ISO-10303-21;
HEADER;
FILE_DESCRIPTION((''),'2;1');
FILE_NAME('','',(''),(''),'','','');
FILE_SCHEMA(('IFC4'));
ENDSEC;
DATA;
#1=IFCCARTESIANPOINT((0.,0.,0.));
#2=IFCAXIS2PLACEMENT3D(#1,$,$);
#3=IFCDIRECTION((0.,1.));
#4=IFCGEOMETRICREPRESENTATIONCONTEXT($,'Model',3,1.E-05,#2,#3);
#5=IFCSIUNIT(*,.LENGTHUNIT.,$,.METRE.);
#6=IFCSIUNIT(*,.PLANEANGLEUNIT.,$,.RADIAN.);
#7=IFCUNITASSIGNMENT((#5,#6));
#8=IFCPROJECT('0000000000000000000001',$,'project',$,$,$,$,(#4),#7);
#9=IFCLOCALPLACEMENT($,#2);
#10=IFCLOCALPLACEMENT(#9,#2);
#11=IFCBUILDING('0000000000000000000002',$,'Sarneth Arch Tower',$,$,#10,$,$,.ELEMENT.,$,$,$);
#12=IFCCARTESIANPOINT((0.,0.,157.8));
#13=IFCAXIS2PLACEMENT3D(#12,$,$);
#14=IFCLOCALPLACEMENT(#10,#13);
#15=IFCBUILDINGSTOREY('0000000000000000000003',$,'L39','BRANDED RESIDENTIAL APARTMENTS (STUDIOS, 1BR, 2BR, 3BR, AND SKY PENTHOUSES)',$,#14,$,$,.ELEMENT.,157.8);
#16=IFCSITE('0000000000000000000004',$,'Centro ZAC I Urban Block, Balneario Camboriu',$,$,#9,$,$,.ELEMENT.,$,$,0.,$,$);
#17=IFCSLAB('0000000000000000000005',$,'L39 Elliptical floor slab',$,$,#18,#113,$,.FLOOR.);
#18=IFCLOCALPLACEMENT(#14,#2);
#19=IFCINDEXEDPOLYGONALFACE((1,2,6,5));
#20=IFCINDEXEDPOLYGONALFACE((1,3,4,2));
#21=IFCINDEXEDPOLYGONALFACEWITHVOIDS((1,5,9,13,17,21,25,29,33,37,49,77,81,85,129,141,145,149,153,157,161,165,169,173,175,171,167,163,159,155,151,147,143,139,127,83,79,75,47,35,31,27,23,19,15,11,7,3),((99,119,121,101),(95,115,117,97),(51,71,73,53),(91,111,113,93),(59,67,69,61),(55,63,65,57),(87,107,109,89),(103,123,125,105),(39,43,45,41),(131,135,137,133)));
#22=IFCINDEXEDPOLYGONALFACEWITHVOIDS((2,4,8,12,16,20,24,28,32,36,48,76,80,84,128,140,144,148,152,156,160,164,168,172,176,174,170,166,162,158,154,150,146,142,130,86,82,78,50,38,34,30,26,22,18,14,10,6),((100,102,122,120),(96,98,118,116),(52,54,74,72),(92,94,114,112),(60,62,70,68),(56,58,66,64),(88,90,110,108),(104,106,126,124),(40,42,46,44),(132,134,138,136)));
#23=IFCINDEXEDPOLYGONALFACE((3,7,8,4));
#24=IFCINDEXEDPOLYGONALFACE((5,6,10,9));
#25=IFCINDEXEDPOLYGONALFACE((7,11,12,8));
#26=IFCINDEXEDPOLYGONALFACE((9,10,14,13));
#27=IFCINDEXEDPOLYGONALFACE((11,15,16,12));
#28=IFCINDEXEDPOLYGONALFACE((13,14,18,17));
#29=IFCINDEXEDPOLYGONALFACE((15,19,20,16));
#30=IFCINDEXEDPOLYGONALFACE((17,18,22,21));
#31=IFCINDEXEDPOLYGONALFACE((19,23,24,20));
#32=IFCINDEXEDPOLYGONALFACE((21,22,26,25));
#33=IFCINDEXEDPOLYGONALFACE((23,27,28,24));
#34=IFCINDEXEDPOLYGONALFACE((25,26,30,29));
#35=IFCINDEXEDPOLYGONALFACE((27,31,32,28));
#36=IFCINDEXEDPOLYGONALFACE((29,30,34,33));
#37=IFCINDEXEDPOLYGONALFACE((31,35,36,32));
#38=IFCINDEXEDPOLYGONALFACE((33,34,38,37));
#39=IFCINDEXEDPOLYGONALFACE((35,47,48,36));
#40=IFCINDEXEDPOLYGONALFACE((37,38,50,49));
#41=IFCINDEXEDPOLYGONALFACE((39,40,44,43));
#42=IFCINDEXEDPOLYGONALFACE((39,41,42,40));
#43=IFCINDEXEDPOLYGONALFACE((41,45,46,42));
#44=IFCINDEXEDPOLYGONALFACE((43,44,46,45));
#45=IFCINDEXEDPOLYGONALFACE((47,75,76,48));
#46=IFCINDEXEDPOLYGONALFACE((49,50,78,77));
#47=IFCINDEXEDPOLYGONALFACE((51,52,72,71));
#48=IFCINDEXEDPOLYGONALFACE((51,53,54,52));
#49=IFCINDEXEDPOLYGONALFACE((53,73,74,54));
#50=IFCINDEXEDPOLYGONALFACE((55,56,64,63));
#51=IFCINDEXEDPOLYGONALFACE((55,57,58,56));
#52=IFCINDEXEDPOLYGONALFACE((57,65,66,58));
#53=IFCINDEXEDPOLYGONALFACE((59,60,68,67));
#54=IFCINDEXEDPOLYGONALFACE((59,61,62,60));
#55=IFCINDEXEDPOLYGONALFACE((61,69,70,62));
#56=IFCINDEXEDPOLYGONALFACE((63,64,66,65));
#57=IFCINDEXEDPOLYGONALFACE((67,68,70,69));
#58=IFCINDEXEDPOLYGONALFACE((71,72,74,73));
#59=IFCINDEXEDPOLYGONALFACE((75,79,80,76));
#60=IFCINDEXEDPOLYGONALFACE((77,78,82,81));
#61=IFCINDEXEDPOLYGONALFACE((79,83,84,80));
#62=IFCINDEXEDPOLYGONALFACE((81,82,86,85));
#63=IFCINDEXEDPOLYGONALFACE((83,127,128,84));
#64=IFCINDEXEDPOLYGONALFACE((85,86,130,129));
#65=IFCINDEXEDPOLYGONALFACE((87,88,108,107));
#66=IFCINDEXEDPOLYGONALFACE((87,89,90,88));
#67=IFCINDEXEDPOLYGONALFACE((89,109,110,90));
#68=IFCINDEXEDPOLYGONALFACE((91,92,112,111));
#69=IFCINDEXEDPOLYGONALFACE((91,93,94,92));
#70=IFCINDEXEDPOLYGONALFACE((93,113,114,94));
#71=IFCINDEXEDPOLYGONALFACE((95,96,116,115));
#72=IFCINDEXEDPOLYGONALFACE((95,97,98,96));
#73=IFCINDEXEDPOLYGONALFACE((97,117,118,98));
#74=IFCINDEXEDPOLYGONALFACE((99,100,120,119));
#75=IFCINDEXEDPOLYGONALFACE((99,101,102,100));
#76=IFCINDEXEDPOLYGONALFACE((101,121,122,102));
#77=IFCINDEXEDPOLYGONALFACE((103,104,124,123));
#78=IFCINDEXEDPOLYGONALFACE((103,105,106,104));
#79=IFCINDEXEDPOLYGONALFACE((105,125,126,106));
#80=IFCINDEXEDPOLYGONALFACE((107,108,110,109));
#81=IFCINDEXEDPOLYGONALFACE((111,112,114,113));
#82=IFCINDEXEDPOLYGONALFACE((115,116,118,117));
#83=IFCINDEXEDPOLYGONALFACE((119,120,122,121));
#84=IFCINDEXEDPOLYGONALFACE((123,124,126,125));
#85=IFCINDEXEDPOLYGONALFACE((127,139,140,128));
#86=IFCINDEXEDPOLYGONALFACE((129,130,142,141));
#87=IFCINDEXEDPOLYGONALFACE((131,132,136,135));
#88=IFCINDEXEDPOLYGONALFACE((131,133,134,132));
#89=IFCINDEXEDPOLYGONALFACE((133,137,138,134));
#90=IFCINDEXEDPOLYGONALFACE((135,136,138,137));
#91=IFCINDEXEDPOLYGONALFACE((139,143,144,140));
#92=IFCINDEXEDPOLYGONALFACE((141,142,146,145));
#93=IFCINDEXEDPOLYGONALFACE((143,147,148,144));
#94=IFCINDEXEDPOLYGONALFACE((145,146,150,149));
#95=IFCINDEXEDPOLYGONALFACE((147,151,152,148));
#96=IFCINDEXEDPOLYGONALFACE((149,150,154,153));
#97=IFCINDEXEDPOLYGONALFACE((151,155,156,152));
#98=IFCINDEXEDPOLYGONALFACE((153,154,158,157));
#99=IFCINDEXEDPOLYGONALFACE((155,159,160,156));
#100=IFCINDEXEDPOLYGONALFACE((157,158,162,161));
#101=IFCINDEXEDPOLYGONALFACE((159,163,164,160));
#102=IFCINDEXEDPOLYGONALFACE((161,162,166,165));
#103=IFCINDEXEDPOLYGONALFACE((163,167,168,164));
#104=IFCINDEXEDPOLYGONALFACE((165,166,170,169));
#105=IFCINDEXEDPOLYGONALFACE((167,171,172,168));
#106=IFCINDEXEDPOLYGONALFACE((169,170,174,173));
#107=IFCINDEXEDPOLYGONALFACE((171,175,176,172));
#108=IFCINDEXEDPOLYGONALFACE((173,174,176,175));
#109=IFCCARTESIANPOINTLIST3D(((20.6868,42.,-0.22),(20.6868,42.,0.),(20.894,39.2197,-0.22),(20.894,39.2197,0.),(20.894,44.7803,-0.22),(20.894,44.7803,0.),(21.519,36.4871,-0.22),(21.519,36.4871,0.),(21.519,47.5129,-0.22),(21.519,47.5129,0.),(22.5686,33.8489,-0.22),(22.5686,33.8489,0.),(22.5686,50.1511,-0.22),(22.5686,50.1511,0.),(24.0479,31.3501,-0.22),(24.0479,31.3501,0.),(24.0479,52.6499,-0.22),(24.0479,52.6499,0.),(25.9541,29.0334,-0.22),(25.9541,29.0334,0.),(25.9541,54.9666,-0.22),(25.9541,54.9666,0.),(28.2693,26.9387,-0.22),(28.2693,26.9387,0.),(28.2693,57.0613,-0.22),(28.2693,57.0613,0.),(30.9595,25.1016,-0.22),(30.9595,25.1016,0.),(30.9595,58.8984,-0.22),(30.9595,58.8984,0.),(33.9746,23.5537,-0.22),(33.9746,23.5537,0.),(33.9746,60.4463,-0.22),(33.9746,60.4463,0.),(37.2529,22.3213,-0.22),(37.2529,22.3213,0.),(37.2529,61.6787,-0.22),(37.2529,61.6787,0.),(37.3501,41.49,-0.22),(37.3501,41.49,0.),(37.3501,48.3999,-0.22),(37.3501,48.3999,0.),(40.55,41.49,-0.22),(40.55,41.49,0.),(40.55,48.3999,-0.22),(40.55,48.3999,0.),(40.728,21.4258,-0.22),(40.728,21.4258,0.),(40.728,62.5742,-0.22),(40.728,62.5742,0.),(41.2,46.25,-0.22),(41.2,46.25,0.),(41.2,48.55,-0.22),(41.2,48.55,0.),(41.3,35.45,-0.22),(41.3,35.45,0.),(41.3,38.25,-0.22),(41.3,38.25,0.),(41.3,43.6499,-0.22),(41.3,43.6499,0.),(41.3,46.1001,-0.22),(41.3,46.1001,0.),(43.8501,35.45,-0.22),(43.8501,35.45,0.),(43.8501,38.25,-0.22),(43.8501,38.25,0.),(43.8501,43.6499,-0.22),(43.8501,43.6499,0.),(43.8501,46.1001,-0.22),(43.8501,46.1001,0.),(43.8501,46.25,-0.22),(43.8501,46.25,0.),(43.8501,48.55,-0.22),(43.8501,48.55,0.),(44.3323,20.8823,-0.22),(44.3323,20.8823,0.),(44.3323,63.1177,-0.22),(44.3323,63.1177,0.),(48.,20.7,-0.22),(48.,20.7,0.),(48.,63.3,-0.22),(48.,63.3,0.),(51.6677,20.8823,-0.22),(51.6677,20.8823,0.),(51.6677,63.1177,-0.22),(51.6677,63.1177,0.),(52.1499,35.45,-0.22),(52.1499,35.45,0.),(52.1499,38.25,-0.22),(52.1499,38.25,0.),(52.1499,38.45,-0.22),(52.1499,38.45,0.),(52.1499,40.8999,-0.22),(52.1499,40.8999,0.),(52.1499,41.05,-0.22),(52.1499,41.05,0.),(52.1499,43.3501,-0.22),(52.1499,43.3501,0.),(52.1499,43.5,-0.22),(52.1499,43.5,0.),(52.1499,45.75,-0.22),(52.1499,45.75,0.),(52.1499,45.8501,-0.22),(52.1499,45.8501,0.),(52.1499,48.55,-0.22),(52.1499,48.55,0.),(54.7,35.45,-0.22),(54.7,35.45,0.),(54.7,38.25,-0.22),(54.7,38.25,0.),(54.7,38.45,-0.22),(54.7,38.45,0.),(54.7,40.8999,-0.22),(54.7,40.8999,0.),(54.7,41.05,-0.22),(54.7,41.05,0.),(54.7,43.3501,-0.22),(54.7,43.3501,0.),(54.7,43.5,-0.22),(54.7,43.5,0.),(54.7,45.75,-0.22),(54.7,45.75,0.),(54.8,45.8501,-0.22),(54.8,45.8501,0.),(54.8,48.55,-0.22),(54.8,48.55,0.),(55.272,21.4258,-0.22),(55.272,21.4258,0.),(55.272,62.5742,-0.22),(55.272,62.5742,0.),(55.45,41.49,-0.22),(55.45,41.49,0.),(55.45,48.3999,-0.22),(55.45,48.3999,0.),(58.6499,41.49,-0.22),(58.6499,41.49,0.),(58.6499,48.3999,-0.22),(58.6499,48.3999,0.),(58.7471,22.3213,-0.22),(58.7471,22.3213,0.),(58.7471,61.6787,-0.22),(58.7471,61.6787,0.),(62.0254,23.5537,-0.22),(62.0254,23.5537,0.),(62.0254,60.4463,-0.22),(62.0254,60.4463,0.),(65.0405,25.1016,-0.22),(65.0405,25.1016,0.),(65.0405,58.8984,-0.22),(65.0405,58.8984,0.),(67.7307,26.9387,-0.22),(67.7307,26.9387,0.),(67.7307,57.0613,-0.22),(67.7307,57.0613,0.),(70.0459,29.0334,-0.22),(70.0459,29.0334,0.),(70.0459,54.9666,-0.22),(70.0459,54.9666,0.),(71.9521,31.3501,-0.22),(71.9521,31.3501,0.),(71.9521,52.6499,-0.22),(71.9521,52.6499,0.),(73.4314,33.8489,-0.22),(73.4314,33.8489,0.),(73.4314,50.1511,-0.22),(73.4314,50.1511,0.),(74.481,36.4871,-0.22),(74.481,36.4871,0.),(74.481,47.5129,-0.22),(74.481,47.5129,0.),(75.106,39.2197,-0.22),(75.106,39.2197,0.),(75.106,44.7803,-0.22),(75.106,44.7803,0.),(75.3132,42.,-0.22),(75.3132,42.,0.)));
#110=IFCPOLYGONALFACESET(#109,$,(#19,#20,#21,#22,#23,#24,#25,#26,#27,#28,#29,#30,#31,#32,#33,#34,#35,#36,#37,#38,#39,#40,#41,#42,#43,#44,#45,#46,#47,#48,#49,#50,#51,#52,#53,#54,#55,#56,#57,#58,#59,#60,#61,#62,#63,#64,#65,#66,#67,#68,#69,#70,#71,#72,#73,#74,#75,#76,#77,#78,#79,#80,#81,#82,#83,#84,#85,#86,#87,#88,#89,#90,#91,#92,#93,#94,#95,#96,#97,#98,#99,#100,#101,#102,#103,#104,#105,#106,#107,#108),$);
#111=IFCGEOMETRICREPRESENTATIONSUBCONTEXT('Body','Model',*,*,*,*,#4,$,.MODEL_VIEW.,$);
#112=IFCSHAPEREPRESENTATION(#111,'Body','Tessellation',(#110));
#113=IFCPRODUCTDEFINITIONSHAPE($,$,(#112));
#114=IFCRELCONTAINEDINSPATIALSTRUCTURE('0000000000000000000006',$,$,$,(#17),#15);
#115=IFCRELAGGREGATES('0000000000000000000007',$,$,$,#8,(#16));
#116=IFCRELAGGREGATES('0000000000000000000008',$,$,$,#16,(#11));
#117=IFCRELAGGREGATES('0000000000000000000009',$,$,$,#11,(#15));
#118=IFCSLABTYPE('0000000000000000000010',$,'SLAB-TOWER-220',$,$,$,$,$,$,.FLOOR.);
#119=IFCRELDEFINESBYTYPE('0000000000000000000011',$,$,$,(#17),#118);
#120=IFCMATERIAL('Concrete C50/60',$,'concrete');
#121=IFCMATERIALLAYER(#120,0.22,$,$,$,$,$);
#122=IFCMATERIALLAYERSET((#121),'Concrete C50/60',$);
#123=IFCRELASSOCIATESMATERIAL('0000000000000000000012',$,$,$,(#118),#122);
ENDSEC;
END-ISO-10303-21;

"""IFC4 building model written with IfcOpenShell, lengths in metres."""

from ifc_helpers import new_model, si_unit, direction, frame, origin, place, context, subcontext, project, spatial, polyline, outline, extrude, material, layer, layer_set, type_object, element, save


model = new_model("IFC4")

# Units and contexts
model_context = context("Model", 3, precision=1e-05, world=origin(), true_north=direction((0.0, 1.0)))
body_context = subcontext(model_context, "Body", "Model", "MODEL_VIEW")
ifc_project = project(units=[si_unit("LENGTHUNIT", "METRE"), si_unit("PLANEANGLEUNIT", "RADIAN")], contexts=[model_context])

# Site, building, storey
site_placement = place(None, origin())
site = spatial("IfcSite", under=ifc_project, at=site_placement, Name="Centro ZAC I Urban Block, Balneario Camboriu", CompositionType="ELEMENT", RefElevation=0.0)
building_placement = place(site_placement, origin())
building = spatial("IfcBuilding", under=site, at=building_placement, Name="Sarneth Arch Tower", CompositionType="ELEMENT")
storey_placement = place(building_placement, frame((0.0, 0.0, 157.8)))
storey = spatial("IfcBuildingStorey", under=building, at=storey_placement, Name="L39", Description="BRANDED RESIDENTIAL APARTMENTS (STUDIOS, 1BR, 2BR, 3BR, AND SKY PENTHOUSES)", CompositionType="ELEMENT", Elevation=157.8)

# Slab
ifc_material_1 = material(Name="Concrete C50/60", Category="concrete")
ifc_layer_1 = layer(ifc_material_1, 0.22)
ifc_layer_set_1 = layer_set([ifc_layer_1], Name="Concrete C50/60")
slab_type_1 = type_object("IfcSlabType", Name="SLAB-TOWER-220", PredefinedType="FLOOR", material=ifc_layer_set_1)
slab_1_placement = place(storey_placement, frame((0.0, 0.0, -0.22)))
element("IfcSlab", 1, at=slab_1_placement, inside=storey, type_object=slab_type_1, Name="L39 Elliptical floor slab", PredefinedType="FLOOR", context=body_context, shape_type="SweptSolid", body=[
    extrude(outline(polyline([(75.3132, 42.0), (75.106, 44.7803), (74.481, 47.5129), (73.4314, 50.1511), (71.9521, 52.6499), (70.0459, 54.9666), (67.7307, 57.0613), (65.0405, 58.8984), (62.0254, 60.4463), (58.7471, 61.6787), (55.272, 62.5742), (51.6677, 63.1177), (48.0, 63.3), (44.3323, 63.1177), (40.728, 62.5742), (37.2529, 61.6787), (33.9746, 60.4463), (30.9595, 58.8984), (28.2693, 57.0613), (25.9541, 54.9666), (24.0479, 52.6499), (22.5686, 50.1511), (21.519, 47.5129), (20.894, 44.7803), (20.6868, 42.0), (20.894, 39.2197), (21.519, 36.4871), (22.5686, 33.8489), (24.0479, 31.3501), (25.9541, 29.0334), (28.2693, 26.9387), (30.9595, 25.1016), (33.9746, 23.5537), (37.2529, 22.3213), (40.728, 21.4258), (44.3323, 20.8823), (48.0, 20.7), (51.6677, 20.8823), (55.272, 21.4258), (58.7471, 22.3213), (62.0254, 23.5537), (65.0405, 25.1016), (67.7307, 26.9387), (70.0459, 29.0334), (71.9521, 31.3501), (73.4314, 33.8489), (74.481, 36.4871), (75.106, 39.2197), (75.3132, 42.0)]), holes=[polyline([(37.3501, 41.49), (40.55, 41.49), (40.55, 48.3999), (37.3501, 48.3999), (37.3501, 41.49)]), polyline([(55.45, 41.49), (58.6499, 41.49), (58.6499, 48.3999), (55.45, 48.3999), (55.45, 41.49)]), polyline([(41.2, 46.25), (43.8501, 46.25), (43.8501, 48.55), (41.2, 48.55), (41.2, 46.25)]), polyline([(41.3, 35.45), (43.8501, 35.45), (43.8501, 38.25), (41.3, 38.25), (41.3, 35.45)]), polyline([(52.1499, 35.45), (54.7, 35.45), (54.7, 38.25), (52.1499, 38.25), (52.1499, 35.45)]), polyline([(52.1499, 45.8501), (54.8, 45.8501), (54.8, 48.55), (52.1499, 48.55), (52.1499, 45.8501)]), polyline([(41.3, 43.6499), (43.8501, 43.6499), (43.8501, 46.1001), (41.3, 46.1001), (41.3, 43.6499)]), polyline([(52.1499, 38.45), (54.7, 38.45), (54.7, 40.8999), (52.1499, 40.8999), (52.1499, 38.45)]), polyline([(52.1499, 41.05), (54.7, 41.05), (54.7, 43.3501), (52.1499, 43.3501), (52.1499, 41.05)]), polyline([(52.1499, 43.5), (54.7, 43.5), (54.7, 45.75), (52.1499, 45.75), (52.1499, 43.5)])]), origin(), (0.0, 0.0, 1.0), 0.22),
])

save(model, "model.ifc")
